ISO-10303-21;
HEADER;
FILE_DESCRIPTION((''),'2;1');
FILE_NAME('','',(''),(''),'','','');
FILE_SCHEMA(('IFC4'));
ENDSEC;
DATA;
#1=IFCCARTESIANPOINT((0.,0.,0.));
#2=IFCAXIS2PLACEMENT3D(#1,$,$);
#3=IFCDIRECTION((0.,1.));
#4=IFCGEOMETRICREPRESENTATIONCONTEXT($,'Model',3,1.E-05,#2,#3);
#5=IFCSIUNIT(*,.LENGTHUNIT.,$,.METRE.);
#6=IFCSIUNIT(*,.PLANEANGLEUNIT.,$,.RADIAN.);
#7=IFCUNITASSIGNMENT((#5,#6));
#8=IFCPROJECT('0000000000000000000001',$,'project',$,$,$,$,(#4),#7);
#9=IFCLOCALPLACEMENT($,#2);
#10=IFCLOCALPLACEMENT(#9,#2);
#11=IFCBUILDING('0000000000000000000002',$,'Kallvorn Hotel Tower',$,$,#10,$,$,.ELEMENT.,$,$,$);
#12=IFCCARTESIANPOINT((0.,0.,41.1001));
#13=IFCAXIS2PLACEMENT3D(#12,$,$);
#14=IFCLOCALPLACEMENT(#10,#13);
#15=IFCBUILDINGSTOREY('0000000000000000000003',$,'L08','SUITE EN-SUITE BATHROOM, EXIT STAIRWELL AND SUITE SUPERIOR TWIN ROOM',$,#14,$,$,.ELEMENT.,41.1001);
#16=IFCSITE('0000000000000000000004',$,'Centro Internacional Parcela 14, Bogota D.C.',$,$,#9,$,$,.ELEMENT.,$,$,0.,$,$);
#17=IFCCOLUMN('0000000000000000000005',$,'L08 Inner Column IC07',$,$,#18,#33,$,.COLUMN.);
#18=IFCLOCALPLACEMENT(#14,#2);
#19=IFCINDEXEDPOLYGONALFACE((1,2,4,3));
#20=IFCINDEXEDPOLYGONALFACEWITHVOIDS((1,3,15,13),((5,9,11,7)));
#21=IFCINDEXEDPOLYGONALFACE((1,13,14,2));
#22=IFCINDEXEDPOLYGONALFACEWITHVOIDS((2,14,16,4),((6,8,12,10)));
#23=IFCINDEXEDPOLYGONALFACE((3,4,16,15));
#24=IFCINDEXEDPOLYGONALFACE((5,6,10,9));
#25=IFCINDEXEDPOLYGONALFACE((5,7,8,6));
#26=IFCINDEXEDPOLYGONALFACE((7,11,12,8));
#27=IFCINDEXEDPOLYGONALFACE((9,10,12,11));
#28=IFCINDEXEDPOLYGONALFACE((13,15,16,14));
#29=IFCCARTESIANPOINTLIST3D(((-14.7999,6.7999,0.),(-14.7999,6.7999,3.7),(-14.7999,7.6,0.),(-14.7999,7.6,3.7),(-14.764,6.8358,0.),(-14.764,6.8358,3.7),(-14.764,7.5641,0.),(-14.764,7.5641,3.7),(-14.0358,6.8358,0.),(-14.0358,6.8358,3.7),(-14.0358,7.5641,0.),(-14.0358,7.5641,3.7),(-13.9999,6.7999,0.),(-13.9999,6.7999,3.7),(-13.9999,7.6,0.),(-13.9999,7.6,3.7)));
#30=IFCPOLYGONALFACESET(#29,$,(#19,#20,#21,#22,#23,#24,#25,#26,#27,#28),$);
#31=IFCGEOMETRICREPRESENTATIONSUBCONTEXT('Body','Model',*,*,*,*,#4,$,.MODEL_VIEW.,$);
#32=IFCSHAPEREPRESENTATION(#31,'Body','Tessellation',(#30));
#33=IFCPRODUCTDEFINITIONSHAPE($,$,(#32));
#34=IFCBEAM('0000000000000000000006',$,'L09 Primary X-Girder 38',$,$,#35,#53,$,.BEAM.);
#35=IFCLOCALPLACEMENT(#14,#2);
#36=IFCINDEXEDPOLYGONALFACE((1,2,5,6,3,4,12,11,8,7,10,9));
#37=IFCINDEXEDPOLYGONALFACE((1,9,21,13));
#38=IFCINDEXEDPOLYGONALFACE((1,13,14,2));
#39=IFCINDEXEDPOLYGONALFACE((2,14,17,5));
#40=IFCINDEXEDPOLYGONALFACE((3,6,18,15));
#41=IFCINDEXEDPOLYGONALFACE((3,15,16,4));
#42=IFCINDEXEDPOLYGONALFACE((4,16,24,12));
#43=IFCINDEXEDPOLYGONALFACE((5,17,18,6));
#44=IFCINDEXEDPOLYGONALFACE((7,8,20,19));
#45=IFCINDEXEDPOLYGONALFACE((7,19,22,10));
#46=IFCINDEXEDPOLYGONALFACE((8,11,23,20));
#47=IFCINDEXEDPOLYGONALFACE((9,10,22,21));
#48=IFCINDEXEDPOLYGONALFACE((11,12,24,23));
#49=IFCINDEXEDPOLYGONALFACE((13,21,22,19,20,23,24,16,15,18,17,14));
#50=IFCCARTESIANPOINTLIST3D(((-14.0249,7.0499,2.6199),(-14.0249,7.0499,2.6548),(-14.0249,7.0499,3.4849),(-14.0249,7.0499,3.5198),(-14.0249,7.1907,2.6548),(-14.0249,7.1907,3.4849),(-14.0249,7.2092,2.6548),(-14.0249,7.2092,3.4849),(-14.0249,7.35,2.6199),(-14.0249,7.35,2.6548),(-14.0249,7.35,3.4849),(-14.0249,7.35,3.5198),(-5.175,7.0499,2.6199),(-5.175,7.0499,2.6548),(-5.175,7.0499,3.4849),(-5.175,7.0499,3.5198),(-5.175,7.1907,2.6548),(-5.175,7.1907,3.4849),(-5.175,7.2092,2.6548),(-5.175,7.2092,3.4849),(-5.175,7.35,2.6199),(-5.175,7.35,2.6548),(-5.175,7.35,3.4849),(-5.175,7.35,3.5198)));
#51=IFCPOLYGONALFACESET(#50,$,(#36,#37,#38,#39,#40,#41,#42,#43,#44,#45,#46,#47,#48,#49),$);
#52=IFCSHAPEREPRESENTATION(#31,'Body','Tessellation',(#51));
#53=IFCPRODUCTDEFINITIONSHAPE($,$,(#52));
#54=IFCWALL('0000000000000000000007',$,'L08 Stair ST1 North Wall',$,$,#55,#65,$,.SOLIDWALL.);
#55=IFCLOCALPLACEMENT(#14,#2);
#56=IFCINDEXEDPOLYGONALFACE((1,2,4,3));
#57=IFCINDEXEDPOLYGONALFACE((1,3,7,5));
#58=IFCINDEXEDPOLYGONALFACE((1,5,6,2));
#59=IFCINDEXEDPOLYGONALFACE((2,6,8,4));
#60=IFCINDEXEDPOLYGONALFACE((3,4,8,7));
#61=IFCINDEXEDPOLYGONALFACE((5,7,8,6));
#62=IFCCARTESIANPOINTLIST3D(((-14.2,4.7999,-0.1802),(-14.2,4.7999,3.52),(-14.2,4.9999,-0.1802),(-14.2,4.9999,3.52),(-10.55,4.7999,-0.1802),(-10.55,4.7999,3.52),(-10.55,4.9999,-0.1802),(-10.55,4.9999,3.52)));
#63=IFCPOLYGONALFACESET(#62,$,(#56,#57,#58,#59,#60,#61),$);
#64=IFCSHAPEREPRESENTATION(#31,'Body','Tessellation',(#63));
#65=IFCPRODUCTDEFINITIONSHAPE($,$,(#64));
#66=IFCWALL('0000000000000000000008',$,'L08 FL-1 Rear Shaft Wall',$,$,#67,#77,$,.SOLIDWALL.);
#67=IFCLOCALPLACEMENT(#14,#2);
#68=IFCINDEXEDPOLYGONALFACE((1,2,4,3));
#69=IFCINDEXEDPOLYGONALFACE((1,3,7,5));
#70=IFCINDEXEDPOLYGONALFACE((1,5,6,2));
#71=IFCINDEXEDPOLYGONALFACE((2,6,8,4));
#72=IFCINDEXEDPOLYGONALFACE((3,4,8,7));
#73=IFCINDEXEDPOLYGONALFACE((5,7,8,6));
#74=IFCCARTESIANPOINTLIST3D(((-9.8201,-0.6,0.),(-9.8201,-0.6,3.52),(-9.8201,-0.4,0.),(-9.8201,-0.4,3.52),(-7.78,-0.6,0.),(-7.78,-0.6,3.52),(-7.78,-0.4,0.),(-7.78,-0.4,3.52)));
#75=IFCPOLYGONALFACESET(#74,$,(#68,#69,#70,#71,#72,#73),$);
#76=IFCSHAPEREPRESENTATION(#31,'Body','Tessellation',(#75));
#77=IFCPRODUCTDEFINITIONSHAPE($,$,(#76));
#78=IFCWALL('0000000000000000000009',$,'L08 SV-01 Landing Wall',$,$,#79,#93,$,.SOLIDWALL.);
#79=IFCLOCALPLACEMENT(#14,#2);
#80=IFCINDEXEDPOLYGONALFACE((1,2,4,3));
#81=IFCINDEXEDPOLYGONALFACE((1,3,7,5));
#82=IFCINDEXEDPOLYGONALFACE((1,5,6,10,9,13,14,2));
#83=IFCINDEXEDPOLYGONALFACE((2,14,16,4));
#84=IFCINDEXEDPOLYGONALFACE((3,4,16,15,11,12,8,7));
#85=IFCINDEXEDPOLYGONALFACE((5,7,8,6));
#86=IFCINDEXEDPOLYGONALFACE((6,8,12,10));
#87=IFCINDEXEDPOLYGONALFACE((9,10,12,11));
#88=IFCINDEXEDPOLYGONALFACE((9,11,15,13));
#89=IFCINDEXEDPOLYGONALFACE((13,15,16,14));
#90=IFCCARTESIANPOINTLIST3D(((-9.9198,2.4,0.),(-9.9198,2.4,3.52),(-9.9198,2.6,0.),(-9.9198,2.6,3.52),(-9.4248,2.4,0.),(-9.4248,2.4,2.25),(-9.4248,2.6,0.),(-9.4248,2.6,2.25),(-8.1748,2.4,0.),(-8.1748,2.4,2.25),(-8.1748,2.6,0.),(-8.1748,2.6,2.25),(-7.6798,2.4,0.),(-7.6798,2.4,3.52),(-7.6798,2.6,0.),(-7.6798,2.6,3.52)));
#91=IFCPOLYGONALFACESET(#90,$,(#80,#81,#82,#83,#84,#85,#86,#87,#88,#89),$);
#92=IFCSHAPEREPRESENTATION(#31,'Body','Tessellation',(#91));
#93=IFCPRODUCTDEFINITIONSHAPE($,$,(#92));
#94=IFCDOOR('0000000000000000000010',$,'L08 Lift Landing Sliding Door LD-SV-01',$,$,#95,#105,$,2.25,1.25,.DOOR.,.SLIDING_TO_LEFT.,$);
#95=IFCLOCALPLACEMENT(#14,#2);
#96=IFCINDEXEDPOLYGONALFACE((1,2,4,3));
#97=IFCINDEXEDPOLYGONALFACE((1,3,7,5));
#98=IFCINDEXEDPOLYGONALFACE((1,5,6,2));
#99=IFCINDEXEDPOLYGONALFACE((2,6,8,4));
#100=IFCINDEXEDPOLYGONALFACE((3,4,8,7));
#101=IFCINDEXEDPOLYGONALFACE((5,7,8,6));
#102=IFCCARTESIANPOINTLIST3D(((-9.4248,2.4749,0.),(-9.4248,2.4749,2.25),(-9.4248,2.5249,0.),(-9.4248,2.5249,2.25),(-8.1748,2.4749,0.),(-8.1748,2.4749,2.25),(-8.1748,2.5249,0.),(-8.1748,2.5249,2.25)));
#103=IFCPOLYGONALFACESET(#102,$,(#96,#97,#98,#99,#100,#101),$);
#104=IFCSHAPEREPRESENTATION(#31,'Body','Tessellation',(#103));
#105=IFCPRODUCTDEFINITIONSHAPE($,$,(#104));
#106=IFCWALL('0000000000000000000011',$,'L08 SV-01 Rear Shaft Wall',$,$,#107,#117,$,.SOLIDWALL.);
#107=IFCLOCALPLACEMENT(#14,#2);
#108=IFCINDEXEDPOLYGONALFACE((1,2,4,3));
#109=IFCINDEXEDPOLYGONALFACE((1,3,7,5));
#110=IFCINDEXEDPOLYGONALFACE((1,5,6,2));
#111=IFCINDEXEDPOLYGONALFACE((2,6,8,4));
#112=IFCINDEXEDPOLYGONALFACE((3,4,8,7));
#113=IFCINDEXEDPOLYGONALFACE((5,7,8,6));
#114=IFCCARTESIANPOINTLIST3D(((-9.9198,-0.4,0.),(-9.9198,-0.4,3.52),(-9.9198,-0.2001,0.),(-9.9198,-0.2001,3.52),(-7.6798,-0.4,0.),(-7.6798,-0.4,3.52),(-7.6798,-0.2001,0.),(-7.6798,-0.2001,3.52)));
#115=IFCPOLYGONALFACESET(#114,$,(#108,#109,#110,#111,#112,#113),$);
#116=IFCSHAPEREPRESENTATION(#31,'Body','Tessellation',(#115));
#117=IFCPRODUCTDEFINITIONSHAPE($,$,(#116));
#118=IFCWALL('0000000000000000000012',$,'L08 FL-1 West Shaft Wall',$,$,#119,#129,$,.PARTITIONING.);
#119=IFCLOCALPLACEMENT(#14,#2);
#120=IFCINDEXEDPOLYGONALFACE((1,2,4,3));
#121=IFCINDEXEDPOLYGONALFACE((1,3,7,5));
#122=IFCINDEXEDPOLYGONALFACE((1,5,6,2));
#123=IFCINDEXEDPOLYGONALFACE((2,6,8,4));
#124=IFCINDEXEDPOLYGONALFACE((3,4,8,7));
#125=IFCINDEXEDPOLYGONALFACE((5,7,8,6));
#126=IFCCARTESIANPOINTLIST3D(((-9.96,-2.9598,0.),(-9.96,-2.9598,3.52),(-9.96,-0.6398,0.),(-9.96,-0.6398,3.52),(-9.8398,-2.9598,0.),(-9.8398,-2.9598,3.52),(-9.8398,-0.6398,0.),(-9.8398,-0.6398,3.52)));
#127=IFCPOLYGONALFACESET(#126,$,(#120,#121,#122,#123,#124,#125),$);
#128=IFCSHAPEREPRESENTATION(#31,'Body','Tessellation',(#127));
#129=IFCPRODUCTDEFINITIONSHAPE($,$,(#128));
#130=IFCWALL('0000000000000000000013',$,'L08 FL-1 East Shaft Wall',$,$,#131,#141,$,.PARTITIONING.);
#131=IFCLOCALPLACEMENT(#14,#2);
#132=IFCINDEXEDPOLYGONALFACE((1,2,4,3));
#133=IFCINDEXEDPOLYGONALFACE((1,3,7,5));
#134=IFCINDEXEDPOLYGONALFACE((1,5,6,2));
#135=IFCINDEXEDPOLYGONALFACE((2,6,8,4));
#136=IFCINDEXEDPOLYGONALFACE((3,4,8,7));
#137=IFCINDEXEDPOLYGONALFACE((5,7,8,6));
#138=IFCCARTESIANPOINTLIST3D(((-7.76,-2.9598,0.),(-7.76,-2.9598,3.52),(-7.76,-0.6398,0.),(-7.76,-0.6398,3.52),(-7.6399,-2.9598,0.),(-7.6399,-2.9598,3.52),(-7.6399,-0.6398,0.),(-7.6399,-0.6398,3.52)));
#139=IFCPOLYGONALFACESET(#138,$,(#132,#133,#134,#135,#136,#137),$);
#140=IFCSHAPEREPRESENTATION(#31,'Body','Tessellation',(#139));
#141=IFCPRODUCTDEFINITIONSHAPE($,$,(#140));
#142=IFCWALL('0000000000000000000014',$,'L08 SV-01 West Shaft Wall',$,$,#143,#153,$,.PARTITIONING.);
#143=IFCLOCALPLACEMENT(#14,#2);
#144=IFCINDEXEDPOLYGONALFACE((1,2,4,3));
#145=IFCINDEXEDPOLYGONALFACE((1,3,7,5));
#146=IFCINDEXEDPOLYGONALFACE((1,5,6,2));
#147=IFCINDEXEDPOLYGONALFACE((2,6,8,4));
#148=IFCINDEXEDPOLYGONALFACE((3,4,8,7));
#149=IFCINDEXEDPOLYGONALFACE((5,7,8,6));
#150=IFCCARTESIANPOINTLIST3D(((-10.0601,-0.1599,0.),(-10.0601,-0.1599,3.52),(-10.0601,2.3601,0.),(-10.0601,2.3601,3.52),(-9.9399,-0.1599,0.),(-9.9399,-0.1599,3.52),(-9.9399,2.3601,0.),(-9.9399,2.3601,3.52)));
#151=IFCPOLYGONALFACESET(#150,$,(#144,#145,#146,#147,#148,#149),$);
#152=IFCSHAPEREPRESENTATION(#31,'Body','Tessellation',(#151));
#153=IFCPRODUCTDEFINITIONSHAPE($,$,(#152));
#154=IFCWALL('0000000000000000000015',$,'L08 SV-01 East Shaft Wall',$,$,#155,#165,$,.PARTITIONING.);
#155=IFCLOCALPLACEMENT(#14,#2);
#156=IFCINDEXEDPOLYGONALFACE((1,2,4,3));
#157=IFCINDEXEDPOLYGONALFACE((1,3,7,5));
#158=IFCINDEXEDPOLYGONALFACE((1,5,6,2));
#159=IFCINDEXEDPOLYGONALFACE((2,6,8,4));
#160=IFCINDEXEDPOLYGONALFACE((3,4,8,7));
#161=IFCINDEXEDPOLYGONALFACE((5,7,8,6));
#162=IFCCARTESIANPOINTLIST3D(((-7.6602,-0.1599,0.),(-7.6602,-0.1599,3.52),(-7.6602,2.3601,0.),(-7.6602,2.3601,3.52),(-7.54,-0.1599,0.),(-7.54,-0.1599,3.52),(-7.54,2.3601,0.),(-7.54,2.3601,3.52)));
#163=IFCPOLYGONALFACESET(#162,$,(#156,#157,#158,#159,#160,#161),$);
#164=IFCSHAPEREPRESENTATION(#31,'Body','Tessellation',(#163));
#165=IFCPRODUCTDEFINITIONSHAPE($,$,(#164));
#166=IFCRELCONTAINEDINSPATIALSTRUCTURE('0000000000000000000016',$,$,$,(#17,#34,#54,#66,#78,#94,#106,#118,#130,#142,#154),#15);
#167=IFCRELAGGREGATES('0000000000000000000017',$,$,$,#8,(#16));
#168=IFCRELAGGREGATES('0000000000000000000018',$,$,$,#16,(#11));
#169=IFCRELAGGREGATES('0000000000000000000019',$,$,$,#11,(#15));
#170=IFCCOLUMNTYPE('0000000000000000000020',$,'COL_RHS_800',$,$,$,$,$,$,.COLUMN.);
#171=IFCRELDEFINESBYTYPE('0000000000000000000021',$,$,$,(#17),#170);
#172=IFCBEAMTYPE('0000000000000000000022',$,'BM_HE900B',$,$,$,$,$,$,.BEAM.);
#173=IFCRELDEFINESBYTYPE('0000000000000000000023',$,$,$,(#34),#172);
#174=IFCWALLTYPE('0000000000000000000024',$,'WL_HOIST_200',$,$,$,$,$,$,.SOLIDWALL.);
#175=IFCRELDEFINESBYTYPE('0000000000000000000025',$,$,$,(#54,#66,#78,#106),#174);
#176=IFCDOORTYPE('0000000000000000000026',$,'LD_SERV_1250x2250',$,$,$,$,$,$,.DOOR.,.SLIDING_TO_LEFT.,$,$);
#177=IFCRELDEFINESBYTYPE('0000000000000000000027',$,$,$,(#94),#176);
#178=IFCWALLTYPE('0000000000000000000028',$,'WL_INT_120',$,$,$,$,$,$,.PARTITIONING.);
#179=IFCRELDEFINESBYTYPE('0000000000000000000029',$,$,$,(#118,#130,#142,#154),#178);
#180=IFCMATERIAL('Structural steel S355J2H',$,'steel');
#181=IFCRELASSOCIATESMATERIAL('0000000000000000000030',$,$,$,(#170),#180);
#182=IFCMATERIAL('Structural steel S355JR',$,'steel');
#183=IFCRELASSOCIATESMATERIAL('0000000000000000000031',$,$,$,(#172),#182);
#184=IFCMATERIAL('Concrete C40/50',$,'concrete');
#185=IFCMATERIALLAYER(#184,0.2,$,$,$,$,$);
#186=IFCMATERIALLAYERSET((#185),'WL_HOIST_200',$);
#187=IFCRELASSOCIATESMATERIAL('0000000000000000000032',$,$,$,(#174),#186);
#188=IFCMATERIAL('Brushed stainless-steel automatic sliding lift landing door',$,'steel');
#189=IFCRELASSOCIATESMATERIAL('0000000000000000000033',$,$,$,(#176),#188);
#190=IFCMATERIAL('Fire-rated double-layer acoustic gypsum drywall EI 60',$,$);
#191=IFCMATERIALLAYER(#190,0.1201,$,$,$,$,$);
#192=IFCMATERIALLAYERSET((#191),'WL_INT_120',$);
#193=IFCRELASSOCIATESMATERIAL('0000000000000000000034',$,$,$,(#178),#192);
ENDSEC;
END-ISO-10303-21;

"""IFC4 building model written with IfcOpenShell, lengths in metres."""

from ifc_helpers import new_model, si_unit, direction, frame, frame_2d, origin, origin_2d, place, context, subcontext, project, spatial, rectangle, hollow_rectangle, i_section, extrude, material, layer, layer_set, material_profile, profile_set, type_object, element, fill, save


model = new_model("IFC4")

# Units and contexts
model_context = context("Model", 3, precision=1e-05, world=origin(), true_north=direction((0.0, 1.0)))
body_context = subcontext(model_context, "Body", "Model", "MODEL_VIEW")
ifc_project = project(units=[si_unit("LENGTHUNIT", "METRE"), si_unit("PLANEANGLEUNIT", "RADIAN")], contexts=[model_context])

# Site, building, storey
site_placement = place(None, origin())
site = spatial("IfcSite", under=ifc_project, at=site_placement, Name="Centro Internacional Parcela 14, Bogota D.C.", CompositionType="ELEMENT", RefElevation=0.0)
building_placement = place(site_placement, origin())
building = spatial("IfcBuilding", under=site, at=building_placement, Name="Kallvorn Hotel Tower", CompositionType="ELEMENT")
storey_placement = place(building_placement, frame((0.0, 0.0, 41.1001)))
storey = spatial("IfcBuildingStorey", under=building, at=storey_placement, Name="L08", Description="SUITE EN-SUITE BATHROOM, EXIT STAIRWELL AND SUITE SUPERIOR TWIN ROOM", CompositionType="ELEMENT", Elevation=41.1001)

# Column
ifc_material_1 = material(Name="Structural steel S355J2H", Category="steel")
ifc_material_profile_1 = material_profile(ifc_material_1, hollow_rectangle(XDim=0.8, YDim=0.8, WallThickness=0.0359, at=origin_2d()), Name="RHS 800x800x36")
ifc_profile_set_1 = profile_set([ifc_material_profile_1], Name="Structural steel S355J2H")
column_type = type_object("IfcColumnType", Name="COL_RHS_800", PredefinedType="COLUMN", material=ifc_profile_set_1)
column_placement = place(storey_placement, frame((-14.3999, 7.2, 0.0), z_axis=(0.0, 0.0, 1.0), x_axis=(1.0, 0.0, 0.0)))
element("IfcColumn", 1, at=column_placement, inside=storey, type_object=column_type, Name="L08 Inner Column IC07", PredefinedType="COLUMN", context=body_context, shape_type="SweptSolid", body=[
    extrude(hollow_rectangle(XDim=0.8, YDim=0.8, WallThickness=0.0359, at=origin_2d()), origin(), (0.0, 0.0, 1.0), 3.7),
])

# Beam
ifc_material_2 = material(Name="Structural steel S355JR", Category="steel")
ifc_material_profile_2 = material_profile(ifc_material_2, i_section(OverallWidth=0.3, OverallDepth=0.8999, WebThickness=0.0186, FlangeThickness=0.0349, at=origin_2d()), Name="HE 900 B")
ifc_profile_set_2 = profile_set([ifc_material_profile_2], Name="Structural steel S355JR")
beam_type = type_object("IfcBeamType", Name="BM_HE900B", PredefinedType="BEAM", material=ifc_profile_set_2)
beam_placement = place(storey_placement, frame((-14.0249, 7.2, 3.0698), z_axis=(1.0, 0.0, 0.0), x_axis=(0.0, 1.0, 0.0)))
element("IfcBeam", 2, at=beam_placement, inside=storey, type_object=beam_type, Name="L09 Primary X-Girder 38", PredefinedType="BEAM", context=body_context, shape_type="SweptSolid", body=[
    extrude(i_section(OverallWidth=0.3, OverallDepth=0.8999, WebThickness=0.0186, FlangeThickness=0.0349, at=origin_2d()), origin(), (0.0, 0.0, 1.0), 8.8499),
])

# Walls
ifc_material_3 = material(Name="Concrete C40/50", Category="concrete")
ifc_layer_1 = layer(ifc_material_3, 0.2)
ifc_layer_set_1 = layer_set([ifc_layer_1], Name="WL_HOIST_200")
wall_type_1 = type_object("IfcWallType", Name="WL_HOIST_200", PredefinedType="SOLIDWALL", material=ifc_layer_set_1)
wall_1_placement = place(storey_placement, frame((-14.2, 4.8999, -0.1802), z_axis=(0.0, 0.0, 1.0), x_axis=(1.0, 0.0, 0.0)))
element("IfcWall", 3, at=wall_1_placement, inside=storey, type_object=wall_type_1, Name="L08 Stair ST1 North Wall", PredefinedType="SOLIDWALL", context=body_context, shape_type="SweptSolid", body=[
    extrude(rectangle(XDim=3.6499, YDim=0.2, at=frame_2d((1.825, 0.0))), origin(), (0.0, 0.0, 1.0), 3.7002),
])
wall_2_placement = place(storey_placement, frame((-9.8201, -0.5, 0.0), z_axis=(0.0, 0.0, 1.0), x_axis=(1.0, 0.0, 0.0)))
element("IfcWall", 4, at=wall_2_placement, inside=storey, type_object=wall_type_1, Name="L08 FL-1 Rear Shaft Wall", PredefinedType="SOLIDWALL", context=body_context, shape_type="SweptSolid", body=[
    extrude(rectangle(XDim=2.04, YDim=0.2, at=frame_2d((1.02, 0.0))), origin(), (0.0, 0.0, 1.0), 3.52),
])

# Wall, opening, door
wall_3_placement = place(storey_placement, frame((-9.9199, 2.5, 0.0), z_axis=(0.0, 0.0, 1.0), x_axis=(1.0, 0.0, 0.0)))
wall_3 = element("IfcWall", 5, at=wall_3_placement, inside=storey, type_object=wall_type_1, Name="L08 SV-01 Landing Wall", PredefinedType="SOLIDWALL", context=body_context, shape_type="SweptSolid", body=[
    extrude(rectangle(XDim=2.24, YDim=0.2, at=frame_2d((1.1201, 0.0))), origin(), (0.0, 0.0, 1.0), 3.52),
])
opening_1_placement = place(wall_3_placement, frame((0.4951, 0.0, 0.0)))
opening_1 = element("IfcOpeningElement", 6, at=opening_1_placement, cuts=wall_3, PredefinedType="OPENING", context=body_context, shape_type="SweptSolid", body=[
    extrude(rectangle(XDim=1.25, YDim=2.25, at=frame_2d((0.625, 1.125))), frame((0.0, 0.115, 0.0), z_axis=(0.0, -1.0, 0.0), x_axis=(1.0, 0.0, 0.0)), (0.0, 0.0, 1.0), 0.23),
])
ifc_material_4 = material(Name="Brushed stainless-steel automatic sliding lift landing door", Category="steel")
door_type_1 = type_object("IfcDoorType", Name="LD_SERV_1250x2250", OperationType="SLIDING_TO_LEFT", PredefinedType="DOOR", material=ifc_material_4)
door_1_placement = place(opening_1_placement, origin())
door_1 = element("IfcDoor", 7, at=door_1_placement, inside=storey, type_object=door_type_1, Name="L08 Lift Landing Sliding Door LD-SV-01", OperationType="SLIDING_TO_LEFT", OverallHeight=2.25, OverallWidth=1.25, PredefinedType="DOOR", context=body_context, shape_type="SweptSolid", body=[
    extrude(rectangle(XDim=1.25, YDim=2.25, at=frame_2d((0.625, 1.125))), frame((0.0, 0.0249, 0.0), z_axis=(0.0, -1.0, 0.0), x_axis=(1.0, 0.0, 0.0)), (0.0, 0.0, 1.0), 0.05),
])
fill(opening_1, door_1)

# Walls
wall_4_placement = place(storey_placement, frame((-9.9199, -0.3, 0.0), z_axis=(0.0, 0.0, 1.0), x_axis=(1.0, 0.0, 0.0)))
element("IfcWall", 8, at=wall_4_placement, inside=storey, type_object=wall_type_1, Name="L08 SV-01 Rear Shaft Wall", PredefinedType="SOLIDWALL", context=body_context, shape_type="SweptSolid", body=[
    extrude(rectangle(XDim=2.24, YDim=0.2, at=frame_2d((1.1201, 0.0))), origin(), (0.0, 0.0, 1.0), 3.52),
])
ifc_material_5 = material(Name="Fire-rated double-layer acoustic gypsum drywall EI 60")
ifc_layer_2 = layer(ifc_material_5, 0.1201)
ifc_layer_set_2 = layer_set([ifc_layer_2], Name="WL_INT_120")
wall_type_2 = type_object("IfcWallType", Name="WL_INT_120", PredefinedType="PARTITIONING", material=ifc_layer_set_2)
for number, where, z_axis, x_axis, name in (
    (9, (-9.8999, -2.96, 0.0), (0.0, 0.0, 1.0), (0.0, 1.0, 0.0), "L08 FL-1 West Shaft Wall"),
    (10, (-7.7, -2.96, 0.0), (0.0, 0.0, 1.0), (0.0, 1.0, 0.0), "L08 FL-1 East Shaft Wall"),
):
    element("IfcWall", number, at=place(storey_placement, frame(where, z_axis=z_axis, x_axis=x_axis)), inside=storey, type_object=wall_type_2, Name=name, PredefinedType="PARTITIONING", context=body_context, shape_type="SweptSolid", body=[
        extrude(rectangle(XDim=2.3201, YDim=0.1201, at=frame_2d((1.1602, 0.0))), origin(), (0.0, 0.0, 1.0), 3.52),
    ])
for number, where, z_axis, x_axis, name in (
    (11, (-10.0, -0.1599, 0.0), (0.0, 0.0, 1.0), (0.0, 1.0, 0.0), "L08 SV-01 West Shaft Wall"),
    (12, (-7.6001, -0.1599, 0.0), (0.0, 0.0, 1.0), (0.0, 1.0, 0.0), "L08 SV-01 East Shaft Wall"),
):
    element("IfcWall", number, at=place(storey_placement, frame(where, z_axis=z_axis, x_axis=x_axis)), inside=storey, type_object=wall_type_2, Name=name, PredefinedType="PARTITIONING", context=body_context, shape_type="SweptSolid", body=[
        extrude(rectangle(XDim=2.52, YDim=0.1201, at=frame_2d((1.26, 0.0))), origin(), (0.0, 0.0, 1.0), 3.52),
    ])

save(model, "model.ifc")
